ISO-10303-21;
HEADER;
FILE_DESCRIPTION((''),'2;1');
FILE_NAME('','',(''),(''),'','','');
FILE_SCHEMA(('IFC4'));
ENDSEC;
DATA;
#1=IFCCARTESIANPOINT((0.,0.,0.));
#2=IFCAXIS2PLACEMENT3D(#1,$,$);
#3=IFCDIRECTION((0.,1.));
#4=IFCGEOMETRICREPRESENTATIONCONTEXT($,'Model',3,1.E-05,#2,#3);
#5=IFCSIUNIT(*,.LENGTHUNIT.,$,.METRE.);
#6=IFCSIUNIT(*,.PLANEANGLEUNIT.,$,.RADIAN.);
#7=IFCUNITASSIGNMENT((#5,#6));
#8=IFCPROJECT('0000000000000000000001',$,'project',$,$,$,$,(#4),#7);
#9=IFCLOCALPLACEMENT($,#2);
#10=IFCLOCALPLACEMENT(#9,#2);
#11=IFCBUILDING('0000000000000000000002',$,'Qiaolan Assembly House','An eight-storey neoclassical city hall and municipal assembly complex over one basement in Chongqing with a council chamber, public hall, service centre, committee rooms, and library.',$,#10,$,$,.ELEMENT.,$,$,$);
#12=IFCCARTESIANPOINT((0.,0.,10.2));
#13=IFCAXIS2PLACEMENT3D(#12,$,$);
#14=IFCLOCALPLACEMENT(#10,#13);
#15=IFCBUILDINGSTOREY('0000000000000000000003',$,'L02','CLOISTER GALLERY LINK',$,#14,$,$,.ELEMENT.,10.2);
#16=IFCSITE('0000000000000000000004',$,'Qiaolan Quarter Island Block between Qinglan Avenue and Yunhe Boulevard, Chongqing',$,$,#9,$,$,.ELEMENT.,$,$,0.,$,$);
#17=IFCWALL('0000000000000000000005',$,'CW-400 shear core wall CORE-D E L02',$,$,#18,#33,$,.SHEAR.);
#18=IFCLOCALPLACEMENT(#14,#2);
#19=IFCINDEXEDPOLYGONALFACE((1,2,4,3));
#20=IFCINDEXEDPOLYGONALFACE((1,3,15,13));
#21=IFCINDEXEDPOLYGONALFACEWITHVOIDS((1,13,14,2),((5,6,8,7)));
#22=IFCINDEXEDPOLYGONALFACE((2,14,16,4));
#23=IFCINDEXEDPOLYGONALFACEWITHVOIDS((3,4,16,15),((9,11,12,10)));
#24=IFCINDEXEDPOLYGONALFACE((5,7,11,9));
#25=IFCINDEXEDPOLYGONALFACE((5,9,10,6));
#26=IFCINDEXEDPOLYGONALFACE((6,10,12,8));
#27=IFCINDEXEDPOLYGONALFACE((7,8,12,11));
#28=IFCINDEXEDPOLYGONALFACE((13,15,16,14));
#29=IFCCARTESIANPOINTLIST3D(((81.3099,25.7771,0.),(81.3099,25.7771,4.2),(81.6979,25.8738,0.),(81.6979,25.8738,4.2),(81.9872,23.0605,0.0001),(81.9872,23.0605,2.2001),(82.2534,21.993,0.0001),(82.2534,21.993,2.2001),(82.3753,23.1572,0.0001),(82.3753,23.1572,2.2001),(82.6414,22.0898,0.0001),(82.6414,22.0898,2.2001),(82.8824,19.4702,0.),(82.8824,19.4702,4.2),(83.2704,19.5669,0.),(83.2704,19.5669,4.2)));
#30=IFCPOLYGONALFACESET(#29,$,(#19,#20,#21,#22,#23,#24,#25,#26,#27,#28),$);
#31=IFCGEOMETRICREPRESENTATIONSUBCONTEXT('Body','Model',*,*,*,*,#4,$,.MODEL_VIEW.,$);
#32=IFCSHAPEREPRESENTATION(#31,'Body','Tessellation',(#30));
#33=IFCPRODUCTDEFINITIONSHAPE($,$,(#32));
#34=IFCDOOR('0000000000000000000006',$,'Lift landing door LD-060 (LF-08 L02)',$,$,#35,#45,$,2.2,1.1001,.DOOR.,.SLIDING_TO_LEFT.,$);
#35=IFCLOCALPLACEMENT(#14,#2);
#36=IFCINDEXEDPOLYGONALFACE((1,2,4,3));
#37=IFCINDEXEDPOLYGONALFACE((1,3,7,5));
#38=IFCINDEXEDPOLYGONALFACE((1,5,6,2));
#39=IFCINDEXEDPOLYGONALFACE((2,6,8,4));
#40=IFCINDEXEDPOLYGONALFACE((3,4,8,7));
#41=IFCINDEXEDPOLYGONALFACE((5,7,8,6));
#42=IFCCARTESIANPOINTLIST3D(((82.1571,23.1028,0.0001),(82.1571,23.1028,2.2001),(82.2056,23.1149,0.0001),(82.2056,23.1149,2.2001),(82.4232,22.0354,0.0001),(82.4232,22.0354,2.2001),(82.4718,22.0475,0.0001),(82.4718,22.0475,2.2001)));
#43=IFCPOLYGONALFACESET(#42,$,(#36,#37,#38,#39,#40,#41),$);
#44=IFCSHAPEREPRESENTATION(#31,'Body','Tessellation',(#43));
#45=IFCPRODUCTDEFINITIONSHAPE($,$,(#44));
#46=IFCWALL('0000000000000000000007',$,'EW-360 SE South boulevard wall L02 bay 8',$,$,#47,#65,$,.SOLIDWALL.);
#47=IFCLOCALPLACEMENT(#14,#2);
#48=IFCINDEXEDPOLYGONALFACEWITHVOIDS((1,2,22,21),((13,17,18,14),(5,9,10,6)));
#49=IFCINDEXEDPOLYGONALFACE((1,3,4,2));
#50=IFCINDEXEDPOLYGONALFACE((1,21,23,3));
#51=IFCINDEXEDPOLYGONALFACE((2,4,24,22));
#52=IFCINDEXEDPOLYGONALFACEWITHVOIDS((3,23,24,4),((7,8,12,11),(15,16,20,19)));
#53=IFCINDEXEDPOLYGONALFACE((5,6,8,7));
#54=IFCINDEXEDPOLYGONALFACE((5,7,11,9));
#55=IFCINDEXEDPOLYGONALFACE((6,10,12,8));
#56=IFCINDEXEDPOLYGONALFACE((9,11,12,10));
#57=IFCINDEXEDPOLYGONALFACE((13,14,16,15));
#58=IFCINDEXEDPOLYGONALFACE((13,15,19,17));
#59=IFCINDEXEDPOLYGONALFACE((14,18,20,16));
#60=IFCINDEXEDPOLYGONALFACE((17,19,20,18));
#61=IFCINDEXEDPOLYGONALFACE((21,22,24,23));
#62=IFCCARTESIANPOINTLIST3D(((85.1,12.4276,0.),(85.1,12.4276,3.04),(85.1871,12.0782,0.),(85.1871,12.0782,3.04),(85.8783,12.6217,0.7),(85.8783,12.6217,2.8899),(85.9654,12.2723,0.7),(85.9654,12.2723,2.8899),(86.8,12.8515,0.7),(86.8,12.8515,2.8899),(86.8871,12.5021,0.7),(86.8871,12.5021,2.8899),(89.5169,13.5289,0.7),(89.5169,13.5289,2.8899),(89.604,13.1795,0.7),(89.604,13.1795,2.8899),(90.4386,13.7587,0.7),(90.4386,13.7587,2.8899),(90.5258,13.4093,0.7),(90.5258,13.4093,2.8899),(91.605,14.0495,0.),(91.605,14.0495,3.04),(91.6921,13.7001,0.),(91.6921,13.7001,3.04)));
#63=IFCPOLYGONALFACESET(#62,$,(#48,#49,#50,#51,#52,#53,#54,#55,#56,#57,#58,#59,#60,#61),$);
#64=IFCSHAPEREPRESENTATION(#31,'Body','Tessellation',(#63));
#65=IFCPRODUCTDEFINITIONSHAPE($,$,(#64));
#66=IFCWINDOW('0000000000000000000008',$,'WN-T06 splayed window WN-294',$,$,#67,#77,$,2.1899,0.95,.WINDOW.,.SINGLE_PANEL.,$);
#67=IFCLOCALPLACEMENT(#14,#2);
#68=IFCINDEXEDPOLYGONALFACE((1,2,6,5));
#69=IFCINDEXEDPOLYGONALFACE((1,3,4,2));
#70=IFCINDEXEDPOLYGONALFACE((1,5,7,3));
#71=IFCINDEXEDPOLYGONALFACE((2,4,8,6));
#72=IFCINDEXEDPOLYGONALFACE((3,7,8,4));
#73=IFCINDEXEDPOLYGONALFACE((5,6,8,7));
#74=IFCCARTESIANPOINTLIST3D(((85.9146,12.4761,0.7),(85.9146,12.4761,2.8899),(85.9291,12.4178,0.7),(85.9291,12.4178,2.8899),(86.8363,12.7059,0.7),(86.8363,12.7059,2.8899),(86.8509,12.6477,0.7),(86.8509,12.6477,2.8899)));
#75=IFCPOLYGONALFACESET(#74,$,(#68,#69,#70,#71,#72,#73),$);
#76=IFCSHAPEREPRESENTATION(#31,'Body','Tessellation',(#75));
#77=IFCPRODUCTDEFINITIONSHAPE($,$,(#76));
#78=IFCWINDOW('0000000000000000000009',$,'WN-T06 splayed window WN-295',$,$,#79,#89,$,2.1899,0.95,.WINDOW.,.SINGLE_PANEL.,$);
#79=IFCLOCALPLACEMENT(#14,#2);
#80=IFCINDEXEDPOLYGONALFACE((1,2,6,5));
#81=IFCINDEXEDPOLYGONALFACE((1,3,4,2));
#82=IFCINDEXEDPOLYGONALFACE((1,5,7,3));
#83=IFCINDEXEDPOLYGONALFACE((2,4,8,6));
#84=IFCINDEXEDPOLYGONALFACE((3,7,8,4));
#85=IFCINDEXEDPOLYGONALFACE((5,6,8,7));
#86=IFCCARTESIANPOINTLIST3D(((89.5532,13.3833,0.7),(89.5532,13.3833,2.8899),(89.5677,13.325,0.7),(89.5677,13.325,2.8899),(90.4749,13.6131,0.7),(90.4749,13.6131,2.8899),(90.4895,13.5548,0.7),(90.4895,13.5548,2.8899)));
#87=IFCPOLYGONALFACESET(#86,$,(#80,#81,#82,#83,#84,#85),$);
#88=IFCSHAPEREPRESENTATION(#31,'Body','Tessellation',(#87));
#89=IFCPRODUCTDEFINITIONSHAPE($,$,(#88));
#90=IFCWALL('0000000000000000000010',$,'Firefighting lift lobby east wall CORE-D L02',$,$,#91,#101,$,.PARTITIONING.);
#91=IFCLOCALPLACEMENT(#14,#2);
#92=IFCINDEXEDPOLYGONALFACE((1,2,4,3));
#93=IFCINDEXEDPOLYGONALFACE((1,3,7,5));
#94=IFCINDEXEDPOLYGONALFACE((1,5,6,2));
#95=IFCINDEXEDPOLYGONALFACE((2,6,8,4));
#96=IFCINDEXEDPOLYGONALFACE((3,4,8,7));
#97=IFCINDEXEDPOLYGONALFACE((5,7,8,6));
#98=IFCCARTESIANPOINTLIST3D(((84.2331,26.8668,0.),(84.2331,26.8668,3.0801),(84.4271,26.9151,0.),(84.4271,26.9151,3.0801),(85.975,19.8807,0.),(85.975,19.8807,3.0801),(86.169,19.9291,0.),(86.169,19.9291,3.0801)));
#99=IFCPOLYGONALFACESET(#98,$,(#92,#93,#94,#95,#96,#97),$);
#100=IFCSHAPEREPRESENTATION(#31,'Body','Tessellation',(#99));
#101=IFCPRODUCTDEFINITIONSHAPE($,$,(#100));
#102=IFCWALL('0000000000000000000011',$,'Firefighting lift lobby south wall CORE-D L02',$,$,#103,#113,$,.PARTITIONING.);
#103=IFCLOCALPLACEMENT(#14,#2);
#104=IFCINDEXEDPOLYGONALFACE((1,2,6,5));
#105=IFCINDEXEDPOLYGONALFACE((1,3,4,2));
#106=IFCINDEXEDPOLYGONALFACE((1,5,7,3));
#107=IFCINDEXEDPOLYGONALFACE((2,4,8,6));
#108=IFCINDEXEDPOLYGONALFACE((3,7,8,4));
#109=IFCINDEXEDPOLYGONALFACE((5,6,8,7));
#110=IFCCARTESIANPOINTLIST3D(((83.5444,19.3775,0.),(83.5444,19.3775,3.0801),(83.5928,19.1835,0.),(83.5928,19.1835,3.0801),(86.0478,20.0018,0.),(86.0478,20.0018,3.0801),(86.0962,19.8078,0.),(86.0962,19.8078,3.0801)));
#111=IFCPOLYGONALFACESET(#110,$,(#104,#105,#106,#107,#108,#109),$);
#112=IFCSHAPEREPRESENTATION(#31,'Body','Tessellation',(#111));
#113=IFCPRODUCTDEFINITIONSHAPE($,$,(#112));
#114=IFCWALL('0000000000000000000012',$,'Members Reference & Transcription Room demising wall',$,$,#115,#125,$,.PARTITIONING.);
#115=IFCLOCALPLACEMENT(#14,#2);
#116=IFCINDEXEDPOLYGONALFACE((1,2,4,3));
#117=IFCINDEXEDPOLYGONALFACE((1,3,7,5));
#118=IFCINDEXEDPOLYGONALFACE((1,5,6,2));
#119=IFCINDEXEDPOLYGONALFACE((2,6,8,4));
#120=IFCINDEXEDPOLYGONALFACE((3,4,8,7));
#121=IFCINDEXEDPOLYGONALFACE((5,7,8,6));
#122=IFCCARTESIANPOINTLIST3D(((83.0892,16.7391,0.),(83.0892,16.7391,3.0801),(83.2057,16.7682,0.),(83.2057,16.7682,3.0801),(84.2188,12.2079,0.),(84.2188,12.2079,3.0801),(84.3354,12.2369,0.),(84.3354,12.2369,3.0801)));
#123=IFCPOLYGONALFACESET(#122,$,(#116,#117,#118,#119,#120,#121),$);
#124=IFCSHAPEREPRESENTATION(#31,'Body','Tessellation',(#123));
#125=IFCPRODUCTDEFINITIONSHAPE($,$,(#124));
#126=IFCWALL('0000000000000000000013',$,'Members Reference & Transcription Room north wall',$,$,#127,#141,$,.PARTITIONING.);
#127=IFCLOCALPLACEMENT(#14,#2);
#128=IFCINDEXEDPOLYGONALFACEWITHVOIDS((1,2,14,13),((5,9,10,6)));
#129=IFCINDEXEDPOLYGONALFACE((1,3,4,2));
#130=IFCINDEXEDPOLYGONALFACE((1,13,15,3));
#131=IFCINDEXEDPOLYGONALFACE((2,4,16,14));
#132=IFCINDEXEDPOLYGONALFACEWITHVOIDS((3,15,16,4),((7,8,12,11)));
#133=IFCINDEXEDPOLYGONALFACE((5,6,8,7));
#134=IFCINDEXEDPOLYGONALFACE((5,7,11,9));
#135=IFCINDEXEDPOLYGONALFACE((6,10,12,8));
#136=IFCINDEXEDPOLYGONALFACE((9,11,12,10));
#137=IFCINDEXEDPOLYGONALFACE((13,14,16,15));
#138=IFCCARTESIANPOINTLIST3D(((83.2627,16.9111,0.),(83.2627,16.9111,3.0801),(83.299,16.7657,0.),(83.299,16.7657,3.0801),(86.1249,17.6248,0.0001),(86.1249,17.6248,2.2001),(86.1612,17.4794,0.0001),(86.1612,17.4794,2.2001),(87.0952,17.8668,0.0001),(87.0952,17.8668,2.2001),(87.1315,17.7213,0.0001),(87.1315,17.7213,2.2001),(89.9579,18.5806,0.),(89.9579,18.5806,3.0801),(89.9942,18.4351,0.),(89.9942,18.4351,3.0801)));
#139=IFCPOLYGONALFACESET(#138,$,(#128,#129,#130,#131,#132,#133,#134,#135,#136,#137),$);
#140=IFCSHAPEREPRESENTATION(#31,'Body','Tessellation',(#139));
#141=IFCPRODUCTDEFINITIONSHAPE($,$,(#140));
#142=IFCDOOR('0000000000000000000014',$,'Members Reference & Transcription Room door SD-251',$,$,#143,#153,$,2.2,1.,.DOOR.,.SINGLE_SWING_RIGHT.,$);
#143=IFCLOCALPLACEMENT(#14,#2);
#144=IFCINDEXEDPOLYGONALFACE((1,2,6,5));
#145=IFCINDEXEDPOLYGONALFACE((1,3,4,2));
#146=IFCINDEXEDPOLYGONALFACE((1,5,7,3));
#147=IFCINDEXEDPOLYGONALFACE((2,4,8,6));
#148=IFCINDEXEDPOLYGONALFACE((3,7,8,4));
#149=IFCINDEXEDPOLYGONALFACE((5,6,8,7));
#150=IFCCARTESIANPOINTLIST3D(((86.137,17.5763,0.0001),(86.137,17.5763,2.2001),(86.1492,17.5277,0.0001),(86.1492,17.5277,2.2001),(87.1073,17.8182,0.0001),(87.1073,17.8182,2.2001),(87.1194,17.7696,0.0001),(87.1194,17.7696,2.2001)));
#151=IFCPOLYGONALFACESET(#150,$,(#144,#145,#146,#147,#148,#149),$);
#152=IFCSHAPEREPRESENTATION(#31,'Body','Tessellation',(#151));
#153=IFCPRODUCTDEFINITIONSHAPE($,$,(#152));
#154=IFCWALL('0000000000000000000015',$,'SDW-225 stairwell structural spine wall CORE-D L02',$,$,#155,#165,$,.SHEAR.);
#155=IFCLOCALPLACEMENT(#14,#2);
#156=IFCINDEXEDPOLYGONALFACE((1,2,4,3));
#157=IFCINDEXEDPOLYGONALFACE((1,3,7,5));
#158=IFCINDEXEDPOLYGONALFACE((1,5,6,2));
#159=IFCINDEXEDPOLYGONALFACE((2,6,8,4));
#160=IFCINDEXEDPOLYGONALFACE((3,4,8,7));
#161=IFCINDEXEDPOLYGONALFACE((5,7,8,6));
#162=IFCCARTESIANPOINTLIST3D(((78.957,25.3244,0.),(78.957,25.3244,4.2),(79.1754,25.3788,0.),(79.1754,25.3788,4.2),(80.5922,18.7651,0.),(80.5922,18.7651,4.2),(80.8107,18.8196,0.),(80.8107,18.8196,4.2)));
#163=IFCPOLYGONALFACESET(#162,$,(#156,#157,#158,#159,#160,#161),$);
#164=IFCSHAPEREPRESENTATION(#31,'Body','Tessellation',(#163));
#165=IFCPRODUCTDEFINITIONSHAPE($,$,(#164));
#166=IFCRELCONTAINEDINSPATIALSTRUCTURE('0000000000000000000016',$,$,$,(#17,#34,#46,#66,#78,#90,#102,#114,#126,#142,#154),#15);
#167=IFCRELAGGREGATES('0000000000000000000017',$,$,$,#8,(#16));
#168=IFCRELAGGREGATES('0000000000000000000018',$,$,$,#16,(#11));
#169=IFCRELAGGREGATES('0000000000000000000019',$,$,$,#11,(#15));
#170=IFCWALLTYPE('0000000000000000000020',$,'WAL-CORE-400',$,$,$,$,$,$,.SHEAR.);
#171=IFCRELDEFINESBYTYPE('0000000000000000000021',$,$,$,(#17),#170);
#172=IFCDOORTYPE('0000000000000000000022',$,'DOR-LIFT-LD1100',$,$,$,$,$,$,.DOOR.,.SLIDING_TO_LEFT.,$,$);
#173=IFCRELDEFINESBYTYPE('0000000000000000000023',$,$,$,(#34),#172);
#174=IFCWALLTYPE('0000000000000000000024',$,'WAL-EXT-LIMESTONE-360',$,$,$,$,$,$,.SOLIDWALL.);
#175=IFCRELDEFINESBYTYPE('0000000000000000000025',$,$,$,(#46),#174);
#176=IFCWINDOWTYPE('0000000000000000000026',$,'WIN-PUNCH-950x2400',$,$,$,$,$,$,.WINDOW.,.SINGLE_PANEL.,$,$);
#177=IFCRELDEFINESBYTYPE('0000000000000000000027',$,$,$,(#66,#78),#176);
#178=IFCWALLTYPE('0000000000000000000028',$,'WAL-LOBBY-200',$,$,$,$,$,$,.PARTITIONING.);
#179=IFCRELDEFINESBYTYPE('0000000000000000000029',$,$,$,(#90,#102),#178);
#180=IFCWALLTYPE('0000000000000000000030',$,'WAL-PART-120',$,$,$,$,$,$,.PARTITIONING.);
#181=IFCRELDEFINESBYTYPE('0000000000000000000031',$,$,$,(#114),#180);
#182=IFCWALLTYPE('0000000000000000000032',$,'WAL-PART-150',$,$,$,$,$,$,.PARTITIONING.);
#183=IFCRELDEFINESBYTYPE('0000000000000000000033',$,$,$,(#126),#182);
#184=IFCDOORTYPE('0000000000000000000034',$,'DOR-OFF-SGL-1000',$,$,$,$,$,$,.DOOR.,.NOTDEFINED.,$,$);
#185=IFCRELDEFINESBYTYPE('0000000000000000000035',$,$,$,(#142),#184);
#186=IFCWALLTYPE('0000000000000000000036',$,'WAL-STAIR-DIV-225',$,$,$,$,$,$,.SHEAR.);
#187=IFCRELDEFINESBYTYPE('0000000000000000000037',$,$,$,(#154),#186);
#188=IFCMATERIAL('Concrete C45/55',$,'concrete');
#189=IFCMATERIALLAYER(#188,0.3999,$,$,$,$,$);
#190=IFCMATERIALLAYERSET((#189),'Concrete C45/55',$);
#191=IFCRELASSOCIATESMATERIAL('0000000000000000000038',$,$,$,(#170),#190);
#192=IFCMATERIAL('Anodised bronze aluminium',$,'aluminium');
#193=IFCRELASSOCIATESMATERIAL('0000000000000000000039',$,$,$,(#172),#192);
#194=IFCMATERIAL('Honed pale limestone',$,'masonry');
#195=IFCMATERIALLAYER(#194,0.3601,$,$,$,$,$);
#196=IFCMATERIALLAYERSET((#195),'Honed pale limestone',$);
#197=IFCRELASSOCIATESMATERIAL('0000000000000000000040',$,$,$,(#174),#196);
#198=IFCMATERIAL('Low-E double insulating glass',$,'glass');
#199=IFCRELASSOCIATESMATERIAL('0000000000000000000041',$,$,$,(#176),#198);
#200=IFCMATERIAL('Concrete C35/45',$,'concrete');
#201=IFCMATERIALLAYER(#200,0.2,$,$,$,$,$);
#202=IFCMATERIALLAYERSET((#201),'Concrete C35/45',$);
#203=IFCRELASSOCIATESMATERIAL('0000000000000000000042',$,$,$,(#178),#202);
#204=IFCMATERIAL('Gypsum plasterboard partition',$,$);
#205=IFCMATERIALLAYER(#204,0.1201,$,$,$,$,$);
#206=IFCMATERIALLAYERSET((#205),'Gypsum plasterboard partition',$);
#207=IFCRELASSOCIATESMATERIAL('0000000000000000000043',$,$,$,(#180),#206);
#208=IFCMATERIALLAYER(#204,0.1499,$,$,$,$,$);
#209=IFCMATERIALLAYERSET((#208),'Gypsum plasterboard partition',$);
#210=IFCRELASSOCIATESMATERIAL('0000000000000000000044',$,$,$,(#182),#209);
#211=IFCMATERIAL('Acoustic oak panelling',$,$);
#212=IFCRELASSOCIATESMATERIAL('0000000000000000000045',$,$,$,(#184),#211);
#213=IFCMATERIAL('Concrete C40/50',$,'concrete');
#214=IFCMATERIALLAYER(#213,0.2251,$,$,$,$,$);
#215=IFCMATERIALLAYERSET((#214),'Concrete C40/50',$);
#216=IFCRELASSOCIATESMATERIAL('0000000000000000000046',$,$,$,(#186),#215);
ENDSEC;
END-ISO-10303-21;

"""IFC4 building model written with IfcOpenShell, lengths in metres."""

from ifc_helpers import new_model, si_unit, direction, frame, frame_2d, origin, place, context, subcontext, project, spatial, rectangle, extrude, material, layer, layer_set, type_object, element, fill, save


model = new_model("IFC4")

# Units and contexts
model_context = context("Model", 3, precision=1e-05, world=origin(), true_north=direction((0.0, 1.0)))
body_context = subcontext(model_context, "Body", "Model", "MODEL_VIEW")
ifc_project = project(units=[si_unit("LENGTHUNIT", "METRE"), si_unit("PLANEANGLEUNIT", "RADIAN")], contexts=[model_context])

# Site, building, storey
site_placement = place(None, origin())
site = spatial("IfcSite", under=ifc_project, at=site_placement, Name="Qiaolan Quarter Island Block between Qinglan Avenue and Yunhe Boulevard, Chongqing", CompositionType="ELEMENT", RefElevation=0.0)
building_placement = place(site_placement, origin())
building = spatial("IfcBuilding", under=site, at=building_placement, Name="Qiaolan Assembly House", Description="An eight-storey neoclassical city hall and municipal assembly complex over one basement in Chongqing with a council chamber, public hall, service centre, committee rooms, and library.", CompositionType="ELEMENT")
storey_placement = place(building_placement, frame((0.0, 0.0, 10.2)))
storey = spatial("IfcBuildingStorey", under=building, at=storey_placement, Name="L02", Description="CLOISTER GALLERY LINK", CompositionType="ELEMENT", Elevation=10.2)

# Shared definitions
ifc_material_1 = material(Name="Concrete C40/50", Category="concrete")
ifc_material_2 = material(Name="Concrete C45/55", Category="concrete")

# Shared definitions
ifc_material_3 = material(Name="Honed pale limestone", Category="masonry")

# Wall, opening, door
ifc_layer_1 = layer(ifc_material_2, 0.3999)
ifc_layer_set_1 = layer_set([ifc_layer_1], Name="Concrete C45/55")
wall_type_1 = type_object("IfcWallType", Name="WAL-CORE-400", PredefinedType="SHEAR", material=ifc_layer_set_1)
wall_1_placement = place(storey_placement, frame((83.0764, 19.5186, 0.0), z_axis=(0.0, 0.0, 1.0), x_axis=(-0.241926, 0.970295, 0.0)))
wall_1 = element("IfcWall", 1, at=wall_1_placement, inside=storey, type_object=wall_type_1, Name="CW-400 shear core wall CORE-D E L02", PredefinedType="SHEAR", context=body_context, shape_type="SweptSolid", body=[
    extrude(rectangle(XDim=6.5, YDim=0.3999, at=frame_2d((3.25, 0.0))), origin(), (0.0, 0.0, 1.0), 4.2),
])
opening_1_placement = place(wall_1_placement, frame((2.6001, 0.0, 0.0)))
opening_1 = element("IfcOpeningElement", 2, at=opening_1_placement, cuts=wall_1, PredefinedType="OPENING", context=body_context, shape_type="SweptSolid", body=[
    extrude(rectangle(XDim=1.1001, YDim=2.2, at=frame_2d((0.55, 1.1001))), frame((0.0, 0.21, 0.0), z_axis=(0.0, -1.0, 0.0), x_axis=(1.0, 0.0, 0.0)), (0.0, 0.0, 1.0), 0.4199),
])
ifc_material_4 = material(Name="Anodised bronze aluminium", Category="aluminium")
door_type_1 = type_object("IfcDoorType", Name="DOR-LIFT-LD1100", OperationType="SLIDING_TO_LEFT", PredefinedType="DOOR", material=ifc_material_4)
door_1_placement = place(opening_1_placement, origin())
door_1 = element("IfcDoor", 3, at=door_1_placement, inside=storey, type_object=door_type_1, Name="Lift landing door LD-060 (LF-08 L02)", OperationType="SLIDING_TO_LEFT", OverallHeight=2.2, OverallWidth=1.1001, PredefinedType="DOOR", context=body_context, shape_type="SweptSolid", body=[
    extrude(rectangle(XDim=1.1001, YDim=2.2, at=frame_2d((0.55, 1.1001))), frame((0.0, 0.0249, 0.0), z_axis=(0.0, -1.0, 0.0), x_axis=(1.0, 0.0, 0.0)), (0.0, 0.0, 1.0), 0.05),
])
fill(opening_1, door_1)

# Wall, openings, windows
ifc_layer_2 = layer(ifc_material_3, 0.3601)
ifc_layer_set_2 = layer_set([ifc_layer_2], Name="Honed pale limestone")
wall_type_2 = type_object("IfcWallType", Name="WAL-EXT-LIMESTONE-360", PredefinedType="SOLIDWALL", material=ifc_layer_set_2)
wall_2_placement = place(storey_placement, frame((85.1436, 12.2529, 0.0), z_axis=(0.0, 0.0, 1.0), x_axis=(0.970297, 0.241919, 0.0)))
wall_2 = element("IfcWall", 4, at=wall_2_placement, inside=storey, type_object=wall_type_2, Name="EW-360 SE South boulevard wall L02 bay 8", PredefinedType="SOLIDWALL", context=body_context, shape_type="SweptSolid", body=[
    extrude(rectangle(XDim=6.7041, YDim=0.3601, at=frame_2d((3.3521, 0.0))), origin(), (0.0, 0.0, 1.0), 3.04),
])
opening_2_placement = place(wall_2_placement, frame((0.802, 0.0, 0.7)))
opening_2 = element("IfcOpeningElement", 5, at=opening_2_placement, cuts=wall_2, PredefinedType="OPENING", context=body_context, shape_type="SweptSolid", body=[
    extrude(rectangle(XDim=0.95, YDim=2.1899, at=frame_2d((0.4751, 1.095))), frame((0.0, 0.1899, 0.0), z_axis=(0.0, -1.0, 0.0), x_axis=(1.0, 0.0, 0.0)), (0.0, 0.0, 1.0), 0.3801),
])
opening_3_placement = place(wall_2_placement, frame((4.552, 0.0, 0.7)))
opening_3 = element("IfcOpeningElement", 6, at=opening_3_placement, cuts=wall_2, PredefinedType="OPENING", context=body_context, shape_type="SweptSolid", body=[
    extrude(rectangle(XDim=0.95, YDim=2.1899, at=frame_2d((0.4751, 1.095))), frame((0.0, 0.1899, 0.0), z_axis=(0.0, -1.0, 0.0), x_axis=(1.0, 0.0, 0.0)), (0.0, 0.0, 1.0), 0.3801),
])
ifc_material_5 = material(Name="Low-E double insulating glass", Category="glass")
window_type = type_object("IfcWindowType", Name="WIN-PUNCH-950x2400", PartitioningType="SINGLE_PANEL", PredefinedType="WINDOW", material=ifc_material_5)
window_1_placement = place(opening_2_placement, origin())
window_1 = element("IfcWindow", 7, at=window_1_placement, inside=storey, type_object=window_type, Name="WN-T06 splayed window WN-294", OverallHeight=2.1899, OverallWidth=0.95, PartitioningType="SINGLE_PANEL", PredefinedType="WINDOW", context=body_context, shape_type="SweptSolid", body=[
    extrude(rectangle(XDim=0.95, YDim=2.1899, at=frame_2d((0.4751, 1.095))), frame((0.0, 0.03, 0.0), z_axis=(0.0, -1.0, 0.0), x_axis=(1.0, 0.0, 0.0)), (0.0, 0.0, 1.0), 0.0601),
])
fill(opening_2, window_1)
window_2_placement = place(opening_3_placement, origin())
window_2 = element("IfcWindow", 8, at=window_2_placement, inside=storey, type_object=window_type, Name="WN-T06 splayed window WN-295", OverallHeight=2.1899, OverallWidth=0.95, PartitioningType="SINGLE_PANEL", PredefinedType="WINDOW", context=body_context, shape_type="SweptSolid", body=[
    extrude(rectangle(XDim=0.95, YDim=2.1899, at=frame_2d((0.4751, 1.095))), frame((0.0, 0.03, 0.0), z_axis=(0.0, -1.0, 0.0), x_axis=(1.0, 0.0, 0.0)), (0.0, 0.0, 1.0), 0.0601),
])
fill(opening_3, window_2)

# Walls
ifc_material_6 = material(Name="Concrete C35/45", Category="concrete")
ifc_layer_3 = layer(ifc_material_6, 0.2)
ifc_layer_set_3 = layer_set([ifc_layer_3], Name="Concrete C35/45")
wall_type_3 = type_object("IfcWallType", Name="WAL-LOBBY-200", PredefinedType="PARTITIONING", material=ifc_layer_set_3)
wall_3_placement = place(storey_placement, frame((86.072, 19.9048, 0.0), z_axis=(0.0, 0.0, 1.0), x_axis=(-0.241937, 0.970292, 0.0)))
element("IfcWall", 9, at=wall_3_placement, inside=storey, type_object=wall_type_3, Name="Firefighting lift lobby east wall CORE-D L02", PredefinedType="PARTITIONING", context=body_context, shape_type="SweptSolid", body=[
    extrude(rectangle(XDim=7.2, YDim=0.2, at=frame_2d((3.6001, 0.0))), origin(), (0.0, 0.0, 1.0), 3.0801),
])
wall_4_placement = place(storey_placement, frame((83.5686, 19.2805, 0.0), z_axis=(0.0, 0.0, 1.0), x_axis=(0.970287, 0.241957, 0.0)))
element("IfcWall", 10, at=wall_4_placement, inside=storey, type_object=wall_type_3, Name="Firefighting lift lobby south wall CORE-D L02", PredefinedType="PARTITIONING", context=body_context, shape_type="SweptSolid", body=[
    extrude(rectangle(XDim=2.5801, YDim=0.2, at=frame_2d((1.29, 0.0))), origin(), (0.0, 0.0, 1.0), 3.0801),
])
ifc_material_7 = material(Name="Gypsum plasterboard partition")
ifc_layer_4 = layer(ifc_material_7, 0.1201)
ifc_layer_set_4 = layer_set([ifc_layer_4], Name="Gypsum plasterboard partition")
wall_type_4 = type_object("IfcWallType", Name="WAL-PART-120", PredefinedType="PARTITIONING", material=ifc_layer_set_4)
wall_5_placement = place(storey_placement, frame((84.2771, 12.2224, 0.0), z_axis=(0.0, 0.0, 1.0), x_axis=(-0.241896, 0.970302, 0.0)))
element("IfcWall", 11, at=wall_5_placement, inside=storey, type_object=wall_type_4, Name="Members Reference & Transcription Room demising wall", PredefinedType="PARTITIONING", context=body_context, shape_type="SweptSolid", body=[
    extrude(rectangle(XDim=4.6699, YDim=0.1201, at=frame_2d((2.335, 0.0))), origin(), (0.0, 0.0, 1.0), 3.0801),
])

# Wall, opening, door
ifc_layer_5 = layer(ifc_material_7, 0.1499)
ifc_layer_set_5 = layer_set([ifc_layer_5], Name="Gypsum plasterboard partition")
wall_type_5 = type_object("IfcWallType", Name="WAL-PART-150", PredefinedType="PARTITIONING", material=ifc_layer_set_5)
wall_6_placement = place(storey_placement, frame((83.2808, 16.8384, 0.0), z_axis=(0.0, 0.0, 1.0), x_axis=(0.97029, 0.241944, 0.0)))
wall_6 = element("IfcWall", 12, at=wall_6_placement, inside=storey, type_object=wall_type_5, Name="Members Reference & Transcription Room north wall", PredefinedType="PARTITIONING", context=body_context, shape_type="SweptSolid", body=[
    extrude(rectangle(XDim=6.9001, YDim=0.1499, at=frame_2d((3.4502, 0.0))), origin(), (0.0, 0.0, 1.0), 3.0801),
])
opening_4_placement = place(wall_6_placement, frame((2.95, 0.0, 0.0)))
opening_4 = element("IfcOpeningElement", 13, at=opening_4_placement, cuts=wall_6, PredefinedType="OPENING", context=body_context, shape_type="SweptSolid", body=[
    extrude(rectangle(XDim=1.0, YDim=2.2, at=frame_2d((0.5, 1.1001))), frame((0.0, 0.085, 0.0), z_axis=(0.0, -1.0, 0.0), x_axis=(1.0, 0.0, 0.0)), (0.0, 0.0, 1.0), 0.1699),
])
ifc_material_8 = material(Name="Acoustic oak panelling")
door_type_2 = type_object("IfcDoorType", Name="DOR-OFF-SGL-1000", OperationType="NOTDEFINED", PredefinedType="DOOR", material=ifc_material_8)
door_2_placement = place(opening_4_placement, origin())
door_2 = element("IfcDoor", 14, at=door_2_placement, inside=storey, type_object=door_type_2, Name="Members Reference & Transcription Room door SD-251", OperationType="SINGLE_SWING_RIGHT", OverallHeight=2.2, OverallWidth=1.0, PredefinedType="DOOR", context=body_context, shape_type="SweptSolid", body=[
    extrude(rectangle(XDim=1.0, YDim=2.2, at=frame_2d((0.5, 1.1001))), frame((0.0, 0.0249, 0.0), z_axis=(0.0, -1.0, 0.0), x_axis=(1.0, 0.0, 0.0)), (0.0, 0.0, 1.0), 0.05),
])
fill(opening_4, door_2)

# Wall
ifc_layer_6 = layer(ifc_material_1, 0.2251)
ifc_layer_set_6 = layer_set([ifc_layer_6], Name="Concrete C40/50")
wall_type_6 = type_object("IfcWallType", Name="WAL-STAIR-DIV-225", PredefinedType="SHEAR", material=ifc_layer_set_6)
wall_7_placement = place(storey_placement, frame((80.7014, 18.7925, 0.0), z_axis=(0.0, 0.0, 1.0), x_axis=(-0.241898, 0.970302, 0.0)))
element("IfcWall", 15, at=wall_7_placement, inside=storey, type_object=wall_type_6, Name="SDW-225 stairwell structural spine wall CORE-D L02", PredefinedType="SHEAR", context=body_context, shape_type="SweptSolid", body=[
    extrude(rectangle(XDim=6.76, YDim=0.2251, at=frame_2d((3.3799, 0.0))), origin(), (0.0, 0.0, 1.0), 4.2),
])

save(model, "model.ifc")
